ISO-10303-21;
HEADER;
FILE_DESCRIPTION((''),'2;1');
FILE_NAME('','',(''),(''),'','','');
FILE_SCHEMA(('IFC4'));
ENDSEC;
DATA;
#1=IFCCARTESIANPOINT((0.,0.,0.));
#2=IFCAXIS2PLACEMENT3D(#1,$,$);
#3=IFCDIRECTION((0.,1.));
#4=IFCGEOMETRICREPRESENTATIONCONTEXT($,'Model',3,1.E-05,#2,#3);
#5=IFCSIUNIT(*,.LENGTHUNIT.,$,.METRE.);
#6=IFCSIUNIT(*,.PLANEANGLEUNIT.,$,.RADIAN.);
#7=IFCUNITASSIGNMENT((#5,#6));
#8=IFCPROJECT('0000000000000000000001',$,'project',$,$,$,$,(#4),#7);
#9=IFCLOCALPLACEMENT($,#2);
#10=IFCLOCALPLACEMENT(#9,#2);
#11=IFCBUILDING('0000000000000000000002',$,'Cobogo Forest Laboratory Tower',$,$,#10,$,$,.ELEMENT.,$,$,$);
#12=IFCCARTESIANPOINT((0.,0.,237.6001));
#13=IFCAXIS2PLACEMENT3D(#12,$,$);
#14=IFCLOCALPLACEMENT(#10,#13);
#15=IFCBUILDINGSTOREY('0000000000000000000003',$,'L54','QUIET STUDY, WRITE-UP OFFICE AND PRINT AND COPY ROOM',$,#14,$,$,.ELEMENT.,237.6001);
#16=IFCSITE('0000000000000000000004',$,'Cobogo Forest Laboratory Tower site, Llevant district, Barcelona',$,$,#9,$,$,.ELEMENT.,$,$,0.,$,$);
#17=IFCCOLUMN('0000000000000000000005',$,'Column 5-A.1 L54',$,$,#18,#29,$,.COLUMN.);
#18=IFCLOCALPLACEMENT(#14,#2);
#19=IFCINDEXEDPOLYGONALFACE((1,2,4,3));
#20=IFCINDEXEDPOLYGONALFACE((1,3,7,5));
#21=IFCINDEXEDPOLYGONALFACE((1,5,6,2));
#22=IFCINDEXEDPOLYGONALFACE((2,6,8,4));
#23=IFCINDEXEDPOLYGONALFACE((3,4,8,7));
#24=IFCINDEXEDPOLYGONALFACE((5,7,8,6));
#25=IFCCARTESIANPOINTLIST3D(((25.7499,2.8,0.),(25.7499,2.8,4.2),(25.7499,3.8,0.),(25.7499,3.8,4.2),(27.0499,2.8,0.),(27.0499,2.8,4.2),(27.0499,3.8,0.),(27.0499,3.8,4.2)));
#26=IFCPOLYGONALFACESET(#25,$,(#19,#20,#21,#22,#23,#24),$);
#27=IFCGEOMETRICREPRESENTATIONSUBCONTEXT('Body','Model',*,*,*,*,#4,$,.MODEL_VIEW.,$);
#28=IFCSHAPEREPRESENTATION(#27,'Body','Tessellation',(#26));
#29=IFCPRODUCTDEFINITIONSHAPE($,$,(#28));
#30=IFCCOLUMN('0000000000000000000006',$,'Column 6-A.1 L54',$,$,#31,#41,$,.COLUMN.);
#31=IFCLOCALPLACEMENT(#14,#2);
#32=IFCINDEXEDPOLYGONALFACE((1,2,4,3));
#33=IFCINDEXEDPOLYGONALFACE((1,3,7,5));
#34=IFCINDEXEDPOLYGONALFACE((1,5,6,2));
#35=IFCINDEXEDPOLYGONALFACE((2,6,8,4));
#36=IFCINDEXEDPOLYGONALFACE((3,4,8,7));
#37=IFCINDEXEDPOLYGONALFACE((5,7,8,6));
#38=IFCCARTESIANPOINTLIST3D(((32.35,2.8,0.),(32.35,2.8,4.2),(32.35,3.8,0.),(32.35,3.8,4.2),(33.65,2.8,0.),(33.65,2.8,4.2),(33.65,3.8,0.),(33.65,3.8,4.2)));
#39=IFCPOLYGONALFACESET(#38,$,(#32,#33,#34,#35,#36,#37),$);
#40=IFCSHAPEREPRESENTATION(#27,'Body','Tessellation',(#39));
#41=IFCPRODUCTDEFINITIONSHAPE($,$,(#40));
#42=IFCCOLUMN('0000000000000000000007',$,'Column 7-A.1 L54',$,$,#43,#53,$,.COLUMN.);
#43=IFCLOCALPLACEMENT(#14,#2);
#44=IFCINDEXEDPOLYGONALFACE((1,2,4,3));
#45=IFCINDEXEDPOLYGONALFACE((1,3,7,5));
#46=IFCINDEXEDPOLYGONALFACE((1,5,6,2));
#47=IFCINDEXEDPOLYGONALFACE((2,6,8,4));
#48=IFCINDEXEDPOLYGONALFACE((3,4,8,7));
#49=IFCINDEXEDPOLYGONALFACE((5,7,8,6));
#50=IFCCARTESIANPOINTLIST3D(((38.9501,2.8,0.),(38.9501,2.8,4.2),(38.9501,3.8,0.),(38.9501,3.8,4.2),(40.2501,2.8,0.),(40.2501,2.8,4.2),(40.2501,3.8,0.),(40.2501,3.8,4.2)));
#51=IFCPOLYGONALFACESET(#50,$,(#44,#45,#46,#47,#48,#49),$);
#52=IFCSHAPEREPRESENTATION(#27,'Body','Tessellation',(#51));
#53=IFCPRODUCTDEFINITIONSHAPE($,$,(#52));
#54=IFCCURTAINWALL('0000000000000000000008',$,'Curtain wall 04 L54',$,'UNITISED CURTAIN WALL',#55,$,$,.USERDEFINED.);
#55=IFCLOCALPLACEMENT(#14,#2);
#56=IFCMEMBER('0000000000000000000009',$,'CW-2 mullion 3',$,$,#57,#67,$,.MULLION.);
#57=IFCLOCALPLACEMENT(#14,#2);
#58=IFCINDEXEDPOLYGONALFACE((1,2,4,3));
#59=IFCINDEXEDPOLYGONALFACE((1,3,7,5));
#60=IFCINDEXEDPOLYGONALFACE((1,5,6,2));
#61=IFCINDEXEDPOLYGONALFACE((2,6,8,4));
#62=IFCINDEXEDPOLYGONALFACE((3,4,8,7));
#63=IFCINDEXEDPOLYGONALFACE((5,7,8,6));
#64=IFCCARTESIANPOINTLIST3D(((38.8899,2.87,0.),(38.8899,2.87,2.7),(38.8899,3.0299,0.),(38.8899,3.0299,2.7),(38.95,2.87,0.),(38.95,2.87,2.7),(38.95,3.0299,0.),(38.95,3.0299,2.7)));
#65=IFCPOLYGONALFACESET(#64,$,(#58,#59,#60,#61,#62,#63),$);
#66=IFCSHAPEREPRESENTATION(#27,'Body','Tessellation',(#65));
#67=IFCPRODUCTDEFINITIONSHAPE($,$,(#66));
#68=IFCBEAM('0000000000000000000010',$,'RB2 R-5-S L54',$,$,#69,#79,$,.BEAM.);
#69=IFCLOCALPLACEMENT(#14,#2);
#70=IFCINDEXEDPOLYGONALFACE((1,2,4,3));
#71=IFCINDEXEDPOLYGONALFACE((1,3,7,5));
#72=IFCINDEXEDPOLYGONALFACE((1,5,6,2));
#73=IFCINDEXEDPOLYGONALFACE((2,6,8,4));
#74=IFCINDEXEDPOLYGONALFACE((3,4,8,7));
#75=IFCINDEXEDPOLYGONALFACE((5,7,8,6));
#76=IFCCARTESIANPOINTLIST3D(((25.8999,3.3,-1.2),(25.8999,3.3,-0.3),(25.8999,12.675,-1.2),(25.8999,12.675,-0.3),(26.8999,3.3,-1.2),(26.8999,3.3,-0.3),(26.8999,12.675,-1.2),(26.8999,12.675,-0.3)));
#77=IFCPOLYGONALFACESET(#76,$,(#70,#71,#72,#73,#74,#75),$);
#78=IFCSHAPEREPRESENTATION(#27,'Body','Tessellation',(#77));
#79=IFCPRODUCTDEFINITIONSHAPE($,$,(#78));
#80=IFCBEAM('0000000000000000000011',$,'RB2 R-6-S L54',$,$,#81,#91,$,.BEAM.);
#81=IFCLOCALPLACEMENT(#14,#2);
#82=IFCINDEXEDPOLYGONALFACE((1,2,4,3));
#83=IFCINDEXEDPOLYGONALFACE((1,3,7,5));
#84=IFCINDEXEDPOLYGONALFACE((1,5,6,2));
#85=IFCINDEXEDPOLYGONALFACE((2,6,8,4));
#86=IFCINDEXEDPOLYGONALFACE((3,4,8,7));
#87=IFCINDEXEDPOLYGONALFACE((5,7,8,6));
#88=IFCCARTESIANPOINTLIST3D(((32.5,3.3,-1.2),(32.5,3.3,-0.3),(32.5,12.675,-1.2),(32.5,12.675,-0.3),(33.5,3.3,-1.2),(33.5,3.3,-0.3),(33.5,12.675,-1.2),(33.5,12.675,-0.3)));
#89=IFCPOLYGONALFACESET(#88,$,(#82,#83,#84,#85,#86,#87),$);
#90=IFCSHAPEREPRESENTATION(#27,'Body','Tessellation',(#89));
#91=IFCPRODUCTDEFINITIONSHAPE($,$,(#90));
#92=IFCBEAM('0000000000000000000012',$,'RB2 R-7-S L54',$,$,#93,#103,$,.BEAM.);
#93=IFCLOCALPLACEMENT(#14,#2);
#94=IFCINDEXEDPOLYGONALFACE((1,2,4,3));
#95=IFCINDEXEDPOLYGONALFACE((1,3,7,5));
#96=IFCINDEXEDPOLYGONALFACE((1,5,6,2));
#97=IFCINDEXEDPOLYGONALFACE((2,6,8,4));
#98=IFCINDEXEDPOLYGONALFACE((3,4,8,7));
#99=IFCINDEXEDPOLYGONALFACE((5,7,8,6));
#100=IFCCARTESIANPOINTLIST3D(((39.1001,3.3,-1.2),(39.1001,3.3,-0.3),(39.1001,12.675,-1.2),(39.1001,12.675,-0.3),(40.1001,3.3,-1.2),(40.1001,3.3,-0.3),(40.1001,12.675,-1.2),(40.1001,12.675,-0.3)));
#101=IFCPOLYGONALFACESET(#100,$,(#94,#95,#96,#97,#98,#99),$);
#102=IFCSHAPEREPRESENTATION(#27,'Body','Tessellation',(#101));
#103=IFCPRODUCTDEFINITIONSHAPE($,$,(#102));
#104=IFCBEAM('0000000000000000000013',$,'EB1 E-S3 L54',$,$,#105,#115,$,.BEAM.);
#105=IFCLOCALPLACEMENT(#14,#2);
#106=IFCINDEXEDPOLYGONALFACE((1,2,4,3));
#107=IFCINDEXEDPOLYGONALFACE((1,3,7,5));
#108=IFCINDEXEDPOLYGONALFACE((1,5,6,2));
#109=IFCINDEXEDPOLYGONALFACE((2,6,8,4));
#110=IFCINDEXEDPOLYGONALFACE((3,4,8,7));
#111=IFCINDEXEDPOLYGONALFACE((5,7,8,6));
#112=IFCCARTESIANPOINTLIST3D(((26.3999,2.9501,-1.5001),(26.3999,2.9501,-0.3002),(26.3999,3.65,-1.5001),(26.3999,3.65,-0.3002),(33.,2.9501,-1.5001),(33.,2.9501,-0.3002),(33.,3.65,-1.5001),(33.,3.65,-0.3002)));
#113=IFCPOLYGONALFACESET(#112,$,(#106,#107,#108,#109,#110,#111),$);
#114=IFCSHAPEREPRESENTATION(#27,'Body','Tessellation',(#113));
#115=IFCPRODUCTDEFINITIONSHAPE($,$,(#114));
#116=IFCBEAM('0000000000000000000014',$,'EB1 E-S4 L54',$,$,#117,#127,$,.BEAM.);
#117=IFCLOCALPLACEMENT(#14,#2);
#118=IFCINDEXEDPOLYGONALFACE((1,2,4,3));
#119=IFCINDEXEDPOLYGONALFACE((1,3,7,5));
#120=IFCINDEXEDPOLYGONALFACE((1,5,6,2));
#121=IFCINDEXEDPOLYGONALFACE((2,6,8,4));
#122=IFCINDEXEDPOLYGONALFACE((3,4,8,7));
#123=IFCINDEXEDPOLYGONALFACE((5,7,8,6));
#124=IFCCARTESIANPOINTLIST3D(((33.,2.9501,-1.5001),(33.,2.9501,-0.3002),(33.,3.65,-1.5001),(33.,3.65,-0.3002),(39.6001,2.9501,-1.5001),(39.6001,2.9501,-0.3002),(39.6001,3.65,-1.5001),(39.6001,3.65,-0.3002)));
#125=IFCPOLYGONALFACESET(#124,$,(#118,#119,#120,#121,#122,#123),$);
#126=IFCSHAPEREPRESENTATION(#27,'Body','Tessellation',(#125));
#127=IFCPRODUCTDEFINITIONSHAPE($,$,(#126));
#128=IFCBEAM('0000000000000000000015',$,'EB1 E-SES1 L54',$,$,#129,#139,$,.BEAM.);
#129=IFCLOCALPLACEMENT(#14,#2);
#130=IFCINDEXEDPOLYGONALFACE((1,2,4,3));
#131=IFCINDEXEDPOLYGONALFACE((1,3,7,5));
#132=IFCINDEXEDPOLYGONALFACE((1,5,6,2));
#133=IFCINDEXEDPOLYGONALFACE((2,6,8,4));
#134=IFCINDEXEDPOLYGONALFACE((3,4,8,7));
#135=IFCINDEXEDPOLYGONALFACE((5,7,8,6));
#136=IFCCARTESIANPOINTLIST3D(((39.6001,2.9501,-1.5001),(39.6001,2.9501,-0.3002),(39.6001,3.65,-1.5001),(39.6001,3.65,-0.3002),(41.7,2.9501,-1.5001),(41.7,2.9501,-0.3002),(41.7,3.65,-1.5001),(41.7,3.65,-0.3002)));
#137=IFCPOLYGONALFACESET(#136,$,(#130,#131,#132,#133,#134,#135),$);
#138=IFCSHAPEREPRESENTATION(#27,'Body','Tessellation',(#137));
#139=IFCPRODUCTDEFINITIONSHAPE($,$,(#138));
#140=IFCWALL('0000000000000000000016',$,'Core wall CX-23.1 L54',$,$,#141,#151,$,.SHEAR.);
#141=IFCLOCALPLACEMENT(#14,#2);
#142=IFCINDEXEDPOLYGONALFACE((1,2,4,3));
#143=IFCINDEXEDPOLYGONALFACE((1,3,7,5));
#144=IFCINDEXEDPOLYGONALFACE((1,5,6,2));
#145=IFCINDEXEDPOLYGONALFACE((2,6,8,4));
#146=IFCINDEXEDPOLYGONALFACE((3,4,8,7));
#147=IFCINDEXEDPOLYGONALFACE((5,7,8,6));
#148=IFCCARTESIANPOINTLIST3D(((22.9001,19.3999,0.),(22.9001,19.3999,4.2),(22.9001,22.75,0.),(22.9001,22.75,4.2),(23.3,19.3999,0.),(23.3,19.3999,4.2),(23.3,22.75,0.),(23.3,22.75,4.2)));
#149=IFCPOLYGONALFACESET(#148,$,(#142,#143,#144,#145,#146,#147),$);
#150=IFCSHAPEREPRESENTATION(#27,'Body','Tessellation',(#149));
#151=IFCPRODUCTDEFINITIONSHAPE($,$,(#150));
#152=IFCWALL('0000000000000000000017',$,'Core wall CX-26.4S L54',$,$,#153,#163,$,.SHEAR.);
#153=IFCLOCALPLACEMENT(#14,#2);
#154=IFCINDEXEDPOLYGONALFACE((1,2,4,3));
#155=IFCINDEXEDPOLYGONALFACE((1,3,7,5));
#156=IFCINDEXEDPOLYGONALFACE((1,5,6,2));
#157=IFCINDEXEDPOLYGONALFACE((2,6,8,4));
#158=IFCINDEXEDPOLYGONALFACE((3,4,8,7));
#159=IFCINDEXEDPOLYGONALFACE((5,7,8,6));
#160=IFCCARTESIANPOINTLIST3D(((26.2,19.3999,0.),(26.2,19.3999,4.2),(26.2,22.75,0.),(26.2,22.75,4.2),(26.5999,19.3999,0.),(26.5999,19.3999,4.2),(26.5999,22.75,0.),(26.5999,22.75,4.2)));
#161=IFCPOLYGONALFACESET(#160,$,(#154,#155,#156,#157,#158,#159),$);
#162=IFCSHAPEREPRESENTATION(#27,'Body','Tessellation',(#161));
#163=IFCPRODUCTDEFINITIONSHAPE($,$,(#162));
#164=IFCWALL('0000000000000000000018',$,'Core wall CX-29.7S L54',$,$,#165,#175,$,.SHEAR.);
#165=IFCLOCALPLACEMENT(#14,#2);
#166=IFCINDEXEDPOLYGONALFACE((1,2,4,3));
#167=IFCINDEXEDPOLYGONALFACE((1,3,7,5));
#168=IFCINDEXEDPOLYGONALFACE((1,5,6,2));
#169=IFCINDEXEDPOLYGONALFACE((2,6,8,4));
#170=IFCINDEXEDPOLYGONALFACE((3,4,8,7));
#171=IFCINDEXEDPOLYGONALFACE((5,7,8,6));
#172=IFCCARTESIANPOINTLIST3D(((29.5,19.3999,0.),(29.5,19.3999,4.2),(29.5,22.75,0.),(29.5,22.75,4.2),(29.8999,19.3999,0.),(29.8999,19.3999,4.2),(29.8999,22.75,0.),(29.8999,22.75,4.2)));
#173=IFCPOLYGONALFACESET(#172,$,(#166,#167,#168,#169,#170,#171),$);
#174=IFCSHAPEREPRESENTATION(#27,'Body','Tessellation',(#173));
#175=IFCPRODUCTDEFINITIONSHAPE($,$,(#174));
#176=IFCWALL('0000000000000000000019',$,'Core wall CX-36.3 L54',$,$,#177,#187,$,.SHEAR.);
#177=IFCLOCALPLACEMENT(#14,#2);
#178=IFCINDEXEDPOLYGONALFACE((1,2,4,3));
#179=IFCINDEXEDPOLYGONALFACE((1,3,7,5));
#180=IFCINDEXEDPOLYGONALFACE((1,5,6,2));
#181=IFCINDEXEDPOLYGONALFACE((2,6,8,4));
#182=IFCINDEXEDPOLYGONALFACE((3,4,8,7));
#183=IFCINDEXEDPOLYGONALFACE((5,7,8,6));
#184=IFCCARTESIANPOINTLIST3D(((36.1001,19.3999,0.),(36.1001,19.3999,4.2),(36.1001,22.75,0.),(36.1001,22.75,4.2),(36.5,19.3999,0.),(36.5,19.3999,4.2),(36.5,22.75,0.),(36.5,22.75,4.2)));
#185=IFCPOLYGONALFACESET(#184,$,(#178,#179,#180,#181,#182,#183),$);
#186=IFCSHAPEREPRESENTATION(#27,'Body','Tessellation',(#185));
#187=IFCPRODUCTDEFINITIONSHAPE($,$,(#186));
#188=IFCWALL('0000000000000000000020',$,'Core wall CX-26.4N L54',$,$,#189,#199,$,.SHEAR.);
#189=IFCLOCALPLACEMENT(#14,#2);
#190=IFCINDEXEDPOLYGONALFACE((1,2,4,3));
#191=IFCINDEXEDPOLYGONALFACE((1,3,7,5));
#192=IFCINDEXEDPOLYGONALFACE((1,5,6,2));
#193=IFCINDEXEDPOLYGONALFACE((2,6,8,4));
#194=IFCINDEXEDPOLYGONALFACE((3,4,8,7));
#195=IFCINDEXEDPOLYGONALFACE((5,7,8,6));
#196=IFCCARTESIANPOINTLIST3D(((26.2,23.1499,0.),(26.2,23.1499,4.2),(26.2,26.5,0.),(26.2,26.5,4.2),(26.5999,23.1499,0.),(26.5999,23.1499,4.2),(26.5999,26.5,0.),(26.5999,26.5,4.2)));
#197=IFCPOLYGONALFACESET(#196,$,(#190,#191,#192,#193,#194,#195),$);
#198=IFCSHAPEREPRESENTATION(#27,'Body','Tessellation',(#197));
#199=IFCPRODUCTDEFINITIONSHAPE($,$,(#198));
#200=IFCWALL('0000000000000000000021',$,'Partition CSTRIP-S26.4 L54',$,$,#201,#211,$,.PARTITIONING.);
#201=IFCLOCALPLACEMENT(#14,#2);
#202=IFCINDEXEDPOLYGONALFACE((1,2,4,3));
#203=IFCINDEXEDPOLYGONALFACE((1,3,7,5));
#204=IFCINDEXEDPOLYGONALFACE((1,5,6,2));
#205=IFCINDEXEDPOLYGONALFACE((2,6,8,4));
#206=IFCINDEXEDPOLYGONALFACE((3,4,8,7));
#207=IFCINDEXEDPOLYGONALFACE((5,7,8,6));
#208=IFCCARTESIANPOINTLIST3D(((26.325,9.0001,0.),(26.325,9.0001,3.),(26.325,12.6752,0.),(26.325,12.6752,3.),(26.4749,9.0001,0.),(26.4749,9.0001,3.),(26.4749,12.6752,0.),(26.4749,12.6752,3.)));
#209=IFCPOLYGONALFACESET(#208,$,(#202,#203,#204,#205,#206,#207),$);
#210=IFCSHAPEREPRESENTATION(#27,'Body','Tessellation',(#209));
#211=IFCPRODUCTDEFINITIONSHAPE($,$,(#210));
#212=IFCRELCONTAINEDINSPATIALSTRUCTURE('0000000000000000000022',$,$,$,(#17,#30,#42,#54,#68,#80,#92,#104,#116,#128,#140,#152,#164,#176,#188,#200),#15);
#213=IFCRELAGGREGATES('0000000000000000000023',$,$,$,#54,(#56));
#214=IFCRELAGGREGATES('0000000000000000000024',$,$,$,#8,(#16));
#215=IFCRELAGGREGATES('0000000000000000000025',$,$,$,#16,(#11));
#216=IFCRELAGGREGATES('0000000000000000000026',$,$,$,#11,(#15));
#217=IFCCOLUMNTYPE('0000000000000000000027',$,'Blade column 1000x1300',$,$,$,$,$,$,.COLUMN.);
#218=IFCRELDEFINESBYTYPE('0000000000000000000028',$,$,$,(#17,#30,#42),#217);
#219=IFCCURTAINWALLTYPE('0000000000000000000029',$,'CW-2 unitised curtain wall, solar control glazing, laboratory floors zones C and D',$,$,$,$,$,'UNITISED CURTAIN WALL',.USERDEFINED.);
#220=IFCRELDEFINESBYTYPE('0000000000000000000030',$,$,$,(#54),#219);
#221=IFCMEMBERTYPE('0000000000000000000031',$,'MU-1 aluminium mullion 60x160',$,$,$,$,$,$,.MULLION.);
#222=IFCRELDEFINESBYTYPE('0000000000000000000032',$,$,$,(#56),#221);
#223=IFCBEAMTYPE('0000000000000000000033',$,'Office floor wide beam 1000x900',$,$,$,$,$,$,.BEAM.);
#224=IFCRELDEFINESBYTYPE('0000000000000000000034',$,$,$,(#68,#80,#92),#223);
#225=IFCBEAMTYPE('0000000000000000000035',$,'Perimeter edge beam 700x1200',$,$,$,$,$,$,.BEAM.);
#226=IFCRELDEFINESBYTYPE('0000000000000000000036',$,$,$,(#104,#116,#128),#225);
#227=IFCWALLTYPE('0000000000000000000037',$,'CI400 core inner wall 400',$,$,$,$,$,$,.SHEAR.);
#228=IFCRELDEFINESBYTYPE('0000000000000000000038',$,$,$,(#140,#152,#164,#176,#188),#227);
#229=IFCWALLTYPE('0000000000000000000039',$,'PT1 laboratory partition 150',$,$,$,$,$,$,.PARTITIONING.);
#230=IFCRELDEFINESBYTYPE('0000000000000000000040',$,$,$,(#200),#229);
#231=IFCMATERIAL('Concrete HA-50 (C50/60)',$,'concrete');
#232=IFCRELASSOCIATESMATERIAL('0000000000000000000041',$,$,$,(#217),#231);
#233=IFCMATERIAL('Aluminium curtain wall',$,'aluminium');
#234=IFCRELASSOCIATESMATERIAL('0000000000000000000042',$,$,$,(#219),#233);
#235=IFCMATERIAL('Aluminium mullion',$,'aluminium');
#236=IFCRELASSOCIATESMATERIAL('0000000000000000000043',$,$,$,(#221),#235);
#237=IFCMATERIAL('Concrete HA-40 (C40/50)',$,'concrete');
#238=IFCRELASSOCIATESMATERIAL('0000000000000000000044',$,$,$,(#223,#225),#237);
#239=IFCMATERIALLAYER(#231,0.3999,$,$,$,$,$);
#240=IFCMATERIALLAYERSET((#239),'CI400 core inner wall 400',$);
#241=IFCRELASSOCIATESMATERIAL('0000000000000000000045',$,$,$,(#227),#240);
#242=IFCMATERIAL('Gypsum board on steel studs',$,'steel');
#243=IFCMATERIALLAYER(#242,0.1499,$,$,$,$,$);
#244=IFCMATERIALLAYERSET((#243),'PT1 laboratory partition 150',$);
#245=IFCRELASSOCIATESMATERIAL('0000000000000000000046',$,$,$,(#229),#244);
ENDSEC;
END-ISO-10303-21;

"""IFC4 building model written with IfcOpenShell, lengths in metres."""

from ifc_helpers import new_model, si_unit, direction, frame, frame_2d, origin, origin_2d, place, context, subcontext, project, spatial, rectangle, extrude, material, layer, layer_set, material_profile, profile_set, type_object, element, aggregate, save


model = new_model("IFC4")

# Units and contexts
model_context = context("Model", 3, precision=1e-05, world=origin(), true_north=direction((0.0, 1.0)))
body_context = subcontext(model_context, "Body", "Model", "MODEL_VIEW")
ifc_project = project(units=[si_unit("LENGTHUNIT", "METRE"), si_unit("PLANEANGLEUNIT", "RADIAN")], contexts=[model_context])

# Site, building, storey
site_placement = place(None, origin())
site = spatial("IfcSite", under=ifc_project, at=site_placement, Name="Cobogo Forest Laboratory Tower site, Llevant district, Barcelona", CompositionType="ELEMENT", RefElevation=0.0)
building_placement = place(site_placement, origin())
building = spatial("IfcBuilding", under=site, at=building_placement, Name="Cobogo Forest Laboratory Tower", CompositionType="ELEMENT")
storey_placement = place(building_placement, frame((0.0, 0.0, 237.6001)))
storey = spatial("IfcBuildingStorey", under=building, at=storey_placement, Name="L54", Description="QUIET STUDY, WRITE-UP OFFICE AND PRINT AND COPY ROOM", CompositionType="ELEMENT", Elevation=237.6001)

# Columns
ifc_material_1 = material(Name="Concrete HA-50 (C50/60)", Category="concrete")
ifc_material_profile_1 = material_profile(ifc_material_1, rectangle(XDim=1.3, YDim=1.0, at=origin_2d()), Name="RC 1000x1300")
ifc_profile_set_1 = profile_set([ifc_material_profile_1], Name="Concrete HA-50 (C50/60)")
column_type = type_object("IfcColumnType", Name="Blade column 1000x1300", PredefinedType="COLUMN", material=ifc_profile_set_1)
for number, where, z_axis, x_axis, name in (
    (1, (26.3999, 3.3, 0.0), (0.0, 0.0, 1.0), (1.0, 0.0, 0.0), "Column 5-A.1 L54"),
    (2, (33.0, 3.3, 0.0), (0.0, 0.0, 1.0), (1.0, 0.0, 0.0), "Column 6-A.1 L54"),
    (3, (39.6001, 3.3, 0.0), (0.0, 0.0, 1.0), (1.0, 0.0, 0.0), "Column 7-A.1 L54"),
):
    element("IfcColumn", number, at=place(storey_placement, frame(where, z_axis=z_axis, x_axis=x_axis)), inside=storey, type_object=column_type, Name=name, PredefinedType="COLUMN", context=body_context, shape_type="SweptSolid", body=[
        extrude(rectangle(XDim=1.3, YDim=1.0, at=origin_2d()), origin(), (0.0, 0.0, 1.0), 4.2),
    ])

# Curtain wall, member
ifc_material_2 = material(Name="Aluminium curtain wall", Category="aluminium")
curtain_wall_type = type_object("IfcCurtainWallType", Name="CW-2 unitised curtain wall, solar control glazing, laboratory floors zones C and D", ElementType="UNITISED CURTAIN WALL", PredefinedType="USERDEFINED", material=ifc_material_2)
curtain_wall_placement = place(storey_placement, origin())
curtain_wall = element("IfcCurtainWall", 4, at=curtain_wall_placement, inside=storey, type_object=curtain_wall_type, Name="Curtain wall 04 L54", ObjectType="UNITISED CURTAIN WALL", PredefinedType="USERDEFINED")
ifc_material_3 = material(Name="Aluminium mullion", Category="aluminium")
ifc_material_profile_2 = material_profile(ifc_material_3, rectangle(XDim=0.0601, YDim=0.1599, at=origin_2d()), Name="AL 60x160")
ifc_profile_set_2 = profile_set([ifc_material_profile_2], Name="Aluminium mullion")
member_type = type_object("IfcMemberType", Name="MU-1 aluminium mullion 60x160", PredefinedType="MULLION", material=ifc_profile_set_2)
member_placement = place(storey_placement, frame((38.9199, 2.95, 0.0), z_axis=(0.0, 0.0, 1.0), x_axis=(1.0, 0.0, 0.0)))
member = element("IfcMember", 5, at=member_placement, type_object=member_type, Name="CW-2 mullion 3", PredefinedType="MULLION", context=body_context, shape_type="SweptSolid", body=[
    extrude(rectangle(XDim=0.0601, YDim=0.1599, at=origin_2d()), origin(), (0.0, 0.0, 1.0), 2.7),
])
aggregate(curtain_wall, [member])

# Beams
ifc_material_4 = material(Name="Concrete HA-40 (C40/50)", Category="concrete")
ifc_material_profile_3 = material_profile(ifc_material_4, rectangle(XDim=1.0, YDim=0.8999, at=origin_2d()), Name="RC 1000x900")
ifc_profile_set_3 = profile_set([ifc_material_profile_3], Name="Concrete HA-40 (C40/50)")
beam_type_1 = type_object("IfcBeamType", Name="Office floor wide beam 1000x900", PredefinedType="BEAM", material=ifc_profile_set_3)
for number, where, z_axis, x_axis, name in (
    (6, (26.3999, 12.675, -0.75), (0.0, -1.0, 0.0), (1.0, 0.0, 0.0), "RB2 R-5-S L54"),
    (7, (33.0, 12.675, -0.75), (0.0, -1.0, 0.0), (1.0, 0.0, 0.0), "RB2 R-6-S L54"),
    (8, (39.6001, 12.675, -0.75), (0.0, -1.0, 0.0), (1.0, 0.0, 0.0), "RB2 R-7-S L54"),
):
    element("IfcBeam", number, at=place(storey_placement, frame(where, z_axis=z_axis, x_axis=x_axis)), inside=storey, type_object=beam_type_1, Name=name, PredefinedType="BEAM", context=body_context, shape_type="SweptSolid", body=[
        extrude(rectangle(XDim=1.0, YDim=0.8999, at=origin_2d()), origin(), (0.0, 0.0, 1.0), 9.375),
    ])
ifc_material_profile_4 = material_profile(ifc_material_4, rectangle(XDim=0.7, YDim=1.2, at=origin_2d()), Name="RC 700x1200")
ifc_profile_set_4 = profile_set([ifc_material_profile_4], Name="Concrete HA-40 (C40/50)")
beam_type_2 = type_object("IfcBeamType", Name="Perimeter edge beam 700x1200", PredefinedType="BEAM", material=ifc_profile_set_4)
for number, where, z_axis, x_axis, name in (
    (9, (26.3999, 3.3, -0.9001), (1.0, 0.0, 0.0), (0.0, 1.0, 0.0), "EB1 E-S3 L54"),
    (10, (33.0, 3.3, -0.9001), (1.0, 0.0, 0.0), (0.0, 1.0, 0.0), "EB1 E-S4 L54"),
):
    element("IfcBeam", number, at=place(storey_placement, frame(where, z_axis=z_axis, x_axis=x_axis)), inside=storey, type_object=beam_type_2, Name=name, PredefinedType="BEAM", context=body_context, shape_type="SweptSolid", body=[
        extrude(rectangle(XDim=0.7, YDim=1.2, at=origin_2d()), origin(), (0.0, 0.0, 1.0), 6.6001),
    ])
beam_placement = place(storey_placement, frame((39.6001, 3.3, -0.9001), z_axis=(1.0, 0.0, 0.0), x_axis=(0.0, 1.0, 0.0)))
element("IfcBeam", 11, at=beam_placement, inside=storey, type_object=beam_type_2, Name="EB1 E-SES1 L54", PredefinedType="BEAM", context=body_context, shape_type="SweptSolid", body=[
    extrude(rectangle(XDim=0.7, YDim=1.2, at=origin_2d()), origin(), (0.0, 0.0, 1.0), 2.0999),
])

# Walls
ifc_layer_1 = layer(ifc_material_1, 0.3999)
ifc_layer_set_1 = layer_set([ifc_layer_1], Name="CI400 core inner wall 400")
wall_type_1 = type_object("IfcWallType", Name="CI400 core inner wall 400", PredefinedType="SHEAR", material=ifc_layer_set_1)
for number, where, z_axis, x_axis, name in (
    (12, (23.1001, 19.3999, 0.0), (0.0, 0.0, 1.0), (0.0, 1.0, 0.0), "Core wall CX-23.1 L54"),
    (13, (26.3999, 19.3999, 0.0), (0.0, 0.0, 1.0), (0.0, 1.0, 0.0), "Core wall CX-26.4S L54"),
    (14, (29.7, 19.3999, 0.0), (0.0, 0.0, 1.0), (0.0, 1.0, 0.0), "Core wall CX-29.7S L54"),
    (15, (36.3, 19.3999, 0.0), (0.0, 0.0, 1.0), (0.0, 1.0, 0.0), "Core wall CX-36.3 L54"),
    (16, (26.3999, 23.1499, 0.0), (0.0, 0.0, 1.0), (0.0, 1.0, 0.0), "Core wall CX-26.4N L54"),
):
    element("IfcWall", number, at=place(storey_placement, frame(where, z_axis=z_axis, x_axis=x_axis)), inside=storey, type_object=wall_type_1, Name=name, PredefinedType="SHEAR", context=body_context, shape_type="SweptSolid", body=[
        extrude(rectangle(XDim=3.3501, YDim=0.3999, at=frame_2d((1.675, 0.0))), origin(), (0.0, 0.0, 1.0), 4.2),
    ])
ifc_material_5 = material(Name="Gypsum board on steel studs", Category="steel")
ifc_layer_2 = layer(ifc_material_5, 0.1499)
ifc_layer_set_2 = layer_set([ifc_layer_2], Name="PT1 laboratory partition 150")
wall_type_2 = type_object("IfcWallType", Name="PT1 laboratory partition 150", PredefinedType="PARTITIONING", material=ifc_layer_set_2)
wall_1_placement = place(storey_placement, frame((26.3999, 12.675, 0.0), z_axis=(0.0, 0.0, 1.0), x_axis=(0.0, -1.0, 0.0)))
element("IfcWall", 17, at=wall_1_placement, inside=storey, type_object=wall_type_2, Name="Partition CSTRIP-S26.4 L54", PredefinedType="PARTITIONING", context=body_context, shape_type="SweptSolid", body=[
    extrude(rectangle(XDim=3.675, YDim=0.1499, at=frame_2d((1.8374, 0.0))), origin(), (0.0, 0.0, 1.0), 3.0),
])

save(model, "model.ifc")
